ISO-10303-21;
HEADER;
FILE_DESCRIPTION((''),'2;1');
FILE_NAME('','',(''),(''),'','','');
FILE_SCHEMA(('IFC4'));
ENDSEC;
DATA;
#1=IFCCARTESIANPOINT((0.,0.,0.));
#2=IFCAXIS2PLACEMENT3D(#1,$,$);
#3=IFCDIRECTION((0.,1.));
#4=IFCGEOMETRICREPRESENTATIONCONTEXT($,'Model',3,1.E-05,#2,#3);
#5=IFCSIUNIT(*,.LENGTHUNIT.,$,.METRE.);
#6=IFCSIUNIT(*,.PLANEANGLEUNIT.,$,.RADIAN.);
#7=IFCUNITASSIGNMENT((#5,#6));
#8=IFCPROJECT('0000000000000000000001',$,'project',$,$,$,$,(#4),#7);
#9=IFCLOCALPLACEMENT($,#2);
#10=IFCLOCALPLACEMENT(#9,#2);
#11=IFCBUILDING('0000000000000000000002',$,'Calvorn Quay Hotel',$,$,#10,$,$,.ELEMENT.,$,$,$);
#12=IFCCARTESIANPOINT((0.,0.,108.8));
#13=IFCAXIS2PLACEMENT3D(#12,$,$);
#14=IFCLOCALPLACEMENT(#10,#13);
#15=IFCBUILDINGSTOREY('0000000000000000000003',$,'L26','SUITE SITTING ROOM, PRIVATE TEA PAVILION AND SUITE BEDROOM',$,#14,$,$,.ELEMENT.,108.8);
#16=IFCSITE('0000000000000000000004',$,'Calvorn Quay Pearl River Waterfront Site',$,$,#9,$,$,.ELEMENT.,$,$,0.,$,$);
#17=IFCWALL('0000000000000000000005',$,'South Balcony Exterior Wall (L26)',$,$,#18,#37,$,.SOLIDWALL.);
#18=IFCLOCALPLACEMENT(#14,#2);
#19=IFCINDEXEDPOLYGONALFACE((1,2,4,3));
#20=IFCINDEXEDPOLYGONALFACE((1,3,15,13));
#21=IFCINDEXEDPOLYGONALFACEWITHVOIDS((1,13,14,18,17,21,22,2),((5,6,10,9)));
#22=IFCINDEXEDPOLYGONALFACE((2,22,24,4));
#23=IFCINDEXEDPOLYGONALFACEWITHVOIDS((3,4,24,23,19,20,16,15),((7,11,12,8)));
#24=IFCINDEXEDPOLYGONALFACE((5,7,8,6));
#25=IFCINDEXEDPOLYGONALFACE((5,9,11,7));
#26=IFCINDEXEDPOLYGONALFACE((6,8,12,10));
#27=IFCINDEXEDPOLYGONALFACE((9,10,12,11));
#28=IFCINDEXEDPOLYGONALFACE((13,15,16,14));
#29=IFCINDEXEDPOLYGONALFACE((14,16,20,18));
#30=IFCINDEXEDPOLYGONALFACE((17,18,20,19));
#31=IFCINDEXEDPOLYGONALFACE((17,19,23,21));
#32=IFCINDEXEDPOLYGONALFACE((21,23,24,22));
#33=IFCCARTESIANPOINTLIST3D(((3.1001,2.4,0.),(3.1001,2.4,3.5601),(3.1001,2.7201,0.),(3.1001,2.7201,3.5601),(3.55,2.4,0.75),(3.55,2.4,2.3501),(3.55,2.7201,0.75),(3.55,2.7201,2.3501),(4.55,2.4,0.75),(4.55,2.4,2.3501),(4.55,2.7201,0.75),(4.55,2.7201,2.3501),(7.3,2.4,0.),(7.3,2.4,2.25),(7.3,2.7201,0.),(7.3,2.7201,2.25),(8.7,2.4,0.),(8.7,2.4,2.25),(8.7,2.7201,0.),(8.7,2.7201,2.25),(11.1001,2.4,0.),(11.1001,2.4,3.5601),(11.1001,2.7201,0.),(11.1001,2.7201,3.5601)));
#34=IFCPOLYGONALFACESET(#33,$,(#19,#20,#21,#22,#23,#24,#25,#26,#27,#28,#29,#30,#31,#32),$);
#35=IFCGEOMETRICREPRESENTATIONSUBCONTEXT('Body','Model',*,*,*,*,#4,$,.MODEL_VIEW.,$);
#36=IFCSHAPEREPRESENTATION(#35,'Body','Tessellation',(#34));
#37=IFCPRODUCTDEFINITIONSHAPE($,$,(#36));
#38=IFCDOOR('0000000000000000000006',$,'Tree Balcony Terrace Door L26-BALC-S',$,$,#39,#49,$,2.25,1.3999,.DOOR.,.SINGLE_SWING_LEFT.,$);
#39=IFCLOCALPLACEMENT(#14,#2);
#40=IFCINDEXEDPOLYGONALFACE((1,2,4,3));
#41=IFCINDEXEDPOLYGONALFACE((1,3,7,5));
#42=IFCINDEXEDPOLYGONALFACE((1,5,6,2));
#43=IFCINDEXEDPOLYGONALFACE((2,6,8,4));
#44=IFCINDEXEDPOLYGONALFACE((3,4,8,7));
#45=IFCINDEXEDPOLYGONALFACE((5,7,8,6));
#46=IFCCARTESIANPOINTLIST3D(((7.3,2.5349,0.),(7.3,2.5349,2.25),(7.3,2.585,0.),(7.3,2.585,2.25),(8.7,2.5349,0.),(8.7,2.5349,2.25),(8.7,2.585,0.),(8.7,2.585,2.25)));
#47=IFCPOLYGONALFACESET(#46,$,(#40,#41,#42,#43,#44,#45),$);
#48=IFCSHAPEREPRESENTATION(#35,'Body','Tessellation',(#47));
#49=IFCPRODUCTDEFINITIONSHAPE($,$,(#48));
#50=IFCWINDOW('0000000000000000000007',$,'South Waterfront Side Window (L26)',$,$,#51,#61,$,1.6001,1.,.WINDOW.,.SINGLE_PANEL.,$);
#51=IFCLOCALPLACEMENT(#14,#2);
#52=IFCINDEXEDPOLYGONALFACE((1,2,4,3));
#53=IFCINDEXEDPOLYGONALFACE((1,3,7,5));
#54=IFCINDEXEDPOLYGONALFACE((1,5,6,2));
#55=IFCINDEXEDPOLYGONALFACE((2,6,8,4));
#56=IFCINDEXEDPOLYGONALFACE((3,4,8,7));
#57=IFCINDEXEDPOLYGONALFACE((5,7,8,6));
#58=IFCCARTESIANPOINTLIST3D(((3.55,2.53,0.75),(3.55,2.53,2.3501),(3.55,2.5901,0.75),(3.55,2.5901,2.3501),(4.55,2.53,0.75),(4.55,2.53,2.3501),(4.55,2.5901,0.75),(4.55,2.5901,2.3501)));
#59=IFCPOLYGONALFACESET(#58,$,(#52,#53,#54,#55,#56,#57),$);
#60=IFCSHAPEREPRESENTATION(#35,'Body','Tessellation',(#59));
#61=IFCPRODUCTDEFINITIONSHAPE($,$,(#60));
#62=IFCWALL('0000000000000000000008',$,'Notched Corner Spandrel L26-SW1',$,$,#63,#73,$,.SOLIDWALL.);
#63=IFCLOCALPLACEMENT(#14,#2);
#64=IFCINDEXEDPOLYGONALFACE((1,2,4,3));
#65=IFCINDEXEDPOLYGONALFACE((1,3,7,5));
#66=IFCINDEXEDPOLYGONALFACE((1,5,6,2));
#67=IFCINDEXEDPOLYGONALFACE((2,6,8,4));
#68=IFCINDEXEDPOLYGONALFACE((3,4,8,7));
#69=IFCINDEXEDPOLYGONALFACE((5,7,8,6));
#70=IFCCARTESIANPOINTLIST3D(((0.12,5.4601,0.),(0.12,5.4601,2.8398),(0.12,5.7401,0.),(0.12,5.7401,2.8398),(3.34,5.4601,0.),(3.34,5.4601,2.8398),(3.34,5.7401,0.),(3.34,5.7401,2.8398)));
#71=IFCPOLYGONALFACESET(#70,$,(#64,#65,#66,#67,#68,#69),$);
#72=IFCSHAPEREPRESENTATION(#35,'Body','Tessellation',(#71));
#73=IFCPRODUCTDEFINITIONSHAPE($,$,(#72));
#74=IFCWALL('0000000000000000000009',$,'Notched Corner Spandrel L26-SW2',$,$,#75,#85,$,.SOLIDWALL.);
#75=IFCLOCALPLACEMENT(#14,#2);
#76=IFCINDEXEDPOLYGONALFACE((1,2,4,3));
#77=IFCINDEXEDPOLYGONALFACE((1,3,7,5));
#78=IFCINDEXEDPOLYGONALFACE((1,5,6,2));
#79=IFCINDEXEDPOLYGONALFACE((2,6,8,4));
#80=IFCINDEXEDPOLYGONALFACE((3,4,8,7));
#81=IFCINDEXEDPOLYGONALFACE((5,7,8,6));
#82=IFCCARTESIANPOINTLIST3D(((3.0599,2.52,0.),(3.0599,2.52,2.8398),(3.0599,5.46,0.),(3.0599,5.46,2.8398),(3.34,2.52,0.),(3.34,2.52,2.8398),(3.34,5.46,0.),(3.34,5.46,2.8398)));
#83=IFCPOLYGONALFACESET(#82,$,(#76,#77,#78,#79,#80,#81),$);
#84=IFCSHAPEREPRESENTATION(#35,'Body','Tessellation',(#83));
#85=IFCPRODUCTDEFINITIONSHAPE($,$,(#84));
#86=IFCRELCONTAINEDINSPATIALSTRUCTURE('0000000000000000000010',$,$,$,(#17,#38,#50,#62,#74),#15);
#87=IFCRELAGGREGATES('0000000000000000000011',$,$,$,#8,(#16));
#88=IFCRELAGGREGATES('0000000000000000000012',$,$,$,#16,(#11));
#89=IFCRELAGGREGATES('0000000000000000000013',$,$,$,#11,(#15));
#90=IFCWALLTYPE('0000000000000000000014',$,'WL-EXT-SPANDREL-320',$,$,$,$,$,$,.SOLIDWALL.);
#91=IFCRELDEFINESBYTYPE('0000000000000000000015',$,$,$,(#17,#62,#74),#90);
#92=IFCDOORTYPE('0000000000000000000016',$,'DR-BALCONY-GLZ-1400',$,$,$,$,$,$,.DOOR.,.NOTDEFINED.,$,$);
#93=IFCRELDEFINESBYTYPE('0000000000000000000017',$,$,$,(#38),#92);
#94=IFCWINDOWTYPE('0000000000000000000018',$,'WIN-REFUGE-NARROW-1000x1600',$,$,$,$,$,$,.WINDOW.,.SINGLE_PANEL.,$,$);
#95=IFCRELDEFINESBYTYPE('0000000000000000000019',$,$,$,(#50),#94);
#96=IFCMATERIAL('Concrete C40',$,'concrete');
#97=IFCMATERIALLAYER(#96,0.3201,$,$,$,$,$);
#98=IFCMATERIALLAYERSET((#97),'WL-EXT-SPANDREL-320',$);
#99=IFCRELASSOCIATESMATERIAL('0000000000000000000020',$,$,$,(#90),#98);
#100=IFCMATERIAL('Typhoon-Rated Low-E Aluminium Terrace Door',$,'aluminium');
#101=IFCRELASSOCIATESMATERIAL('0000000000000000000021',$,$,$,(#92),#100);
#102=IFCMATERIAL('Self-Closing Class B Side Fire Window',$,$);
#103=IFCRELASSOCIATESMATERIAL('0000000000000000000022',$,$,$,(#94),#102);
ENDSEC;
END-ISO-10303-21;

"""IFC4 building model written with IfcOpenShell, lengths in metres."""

from ifc_helpers import new_model, si_unit, direction, frame, frame_2d, origin, place, context, subcontext, project, spatial, rectangle, extrude, material, layer, layer_set, type_object, element, fill, save


model = new_model("IFC4")

# Units and contexts
model_context = context("Model", 3, precision=1e-05, world=origin(), true_north=direction((0.0, 1.0)))
body_context = subcontext(model_context, "Body", "Model", "MODEL_VIEW")
ifc_project = project(units=[si_unit("LENGTHUNIT", "METRE"), si_unit("PLANEANGLEUNIT", "RADIAN")], contexts=[model_context])

# Site, building, storey
site_placement = place(None, origin())
site = spatial("IfcSite", under=ifc_project, at=site_placement, Name="Calvorn Quay Pearl River Waterfront Site", CompositionType="ELEMENT", RefElevation=0.0)
building_placement = place(site_placement, origin())
building = spatial("IfcBuilding", under=site, at=building_placement, Name="Calvorn Quay Hotel", CompositionType="ELEMENT")
storey_placement = place(building_placement, frame((0.0, 0.0, 108.8)))
storey = spatial("IfcBuildingStorey", under=building, at=storey_placement, Name="L26", Description="SUITE SITTING ROOM, PRIVATE TEA PAVILION AND SUITE BEDROOM", CompositionType="ELEMENT", Elevation=108.8)

# Wall, openings, door, window
ifc_material_1 = material(Name="Concrete C40", Category="concrete")
ifc_layer_1 = layer(ifc_material_1, 0.3201)
ifc_layer_set_1 = layer_set([ifc_layer_1], Name="WL-EXT-SPANDREL-320")
wall_type_1 = type_object("IfcWallType", Name="WL-EXT-SPANDREL-320", PredefinedType="SOLIDWALL", material=ifc_layer_set_1)
wall_1_placement = place(storey_placement, frame((3.1001, 2.5601, 0.0), z_axis=(0.0, 0.0, 1.0), x_axis=(1.0, 0.0, 0.0)))
wall_1 = element("IfcWall", 1, at=wall_1_placement, inside=storey, type_object=wall_type_1, Name="South Balcony Exterior Wall (L26)", PredefinedType="SOLIDWALL", context=body_context, shape_type="SweptSolid", body=[
    extrude(rectangle(XDim=8.0, YDim=0.3201, at=frame_2d((4.0, 0.0))), origin(), (0.0, 0.0, 1.0), 3.5601),
])
opening_1_placement = place(wall_1_placement, frame((0.45, 0.0, 0.75)))
opening_1 = element("IfcOpeningElement", 2, at=opening_1_placement, cuts=wall_1, PredefinedType="OPENING", context=body_context, shape_type="SweptSolid", body=[
    extrude(rectangle(XDim=1.0, YDim=1.6001, at=frame_2d((0.5, 0.8))), frame((0.0, 0.1699, 0.0), z_axis=(0.0, -1.0, 0.0), x_axis=(1.0, 0.0, 0.0)), (0.0, 0.0, 1.0), 0.3401),
])
opening_2_placement = place(wall_1_placement, frame((4.2, 0.0, 0.0)))
opening_2 = element("IfcOpeningElement", 3, at=opening_2_placement, cuts=wall_1, PredefinedType="OPENING", context=body_context, shape_type="SweptSolid", body=[
    extrude(rectangle(XDim=1.3999, YDim=2.25, at=frame_2d((0.7, 1.125))), frame((0.0, 0.1699, 0.0), z_axis=(0.0, -1.0, 0.0), x_axis=(1.0, 0.0, 0.0)), (0.0, 0.0, 1.0), 0.3401),
])
ifc_material_2 = material(Name="Typhoon-Rated Low-E Aluminium Terrace Door", Category="aluminium")
door_type_1 = type_object("IfcDoorType", Name="DR-BALCONY-GLZ-1400", OperationType="NOTDEFINED", PredefinedType="DOOR", material=ifc_material_2)
door_1_placement = place(opening_2_placement, origin())
door_1 = element("IfcDoor", 4, at=door_1_placement, inside=storey, type_object=door_type_1, Name="Tree Balcony Terrace Door L26-BALC-S", OperationType="SINGLE_SWING_LEFT", OverallHeight=2.25, OverallWidth=1.3999, PredefinedType="DOOR", context=body_context, shape_type="SweptSolid", body=[
    extrude(rectangle(XDim=1.3999, YDim=2.25, at=frame_2d((0.7, 1.125))), frame((0.0, 0.0249, 0.0), z_axis=(0.0, -1.0, 0.0), x_axis=(1.0, 0.0, 0.0)), (0.0, 0.0, 1.0), 0.05),
])
fill(opening_2, door_1)
ifc_material_3 = material(Name="Self-Closing Class B Side Fire Window")
window_type = type_object("IfcWindowType", Name="WIN-REFUGE-NARROW-1000x1600", PartitioningType="SINGLE_PANEL", PredefinedType="WINDOW", material=ifc_material_3)
window_placement = place(opening_1_placement, origin())
window = element("IfcWindow", 5, at=window_placement, inside=storey, type_object=window_type, Name="South Waterfront Side Window (L26)", OverallHeight=1.6001, OverallWidth=1.0, PartitioningType="SINGLE_PANEL", PredefinedType="WINDOW", context=body_context, shape_type="SweptSolid", body=[
    extrude(rectangle(XDim=1.0, YDim=1.6001, at=frame_2d((0.5, 0.8))), frame((0.0, 0.03, 0.0), z_axis=(0.0, -1.0, 0.0), x_axis=(1.0, 0.0, 0.0)), (0.0, 0.0, 1.0), 0.0601),
])
fill(opening_1, window)

# Walls
wall_2_placement = place(storey_placement, frame((0.1201, 5.6001, 0.0), z_axis=(0.0, 0.0, 1.0), x_axis=(1.0, 0.0, 0.0)))
element("IfcWall", 6, at=wall_2_placement, inside=storey, type_object=wall_type_1, Name="Notched Corner Spandrel L26-SW1", PredefinedType="SOLIDWALL", context=body_context, shape_type="SweptSolid", body=[
    extrude(rectangle(XDim=3.22, YDim=0.28, at=frame_2d((1.6099, 0.0))), origin(), (0.0, 0.0, 1.0), 2.8398),
])
wall_3_placement = place(storey_placement, frame((3.2, 5.46, 0.0), z_axis=(0.0, 0.0, 1.0), x_axis=(0.0, -1.0, 0.0)))
element("IfcWall", 7, at=wall_3_placement, inside=storey, type_object=wall_type_1, Name="Notched Corner Spandrel L26-SW2", PredefinedType="SOLIDWALL", context=body_context, shape_type="SweptSolid", body=[
    extrude(rectangle(XDim=2.9399, YDim=0.28, at=frame_2d((1.47, 0.0))), origin(), (0.0, 0.0, 1.0), 2.8398),
])

save(model, "model.ifc")
